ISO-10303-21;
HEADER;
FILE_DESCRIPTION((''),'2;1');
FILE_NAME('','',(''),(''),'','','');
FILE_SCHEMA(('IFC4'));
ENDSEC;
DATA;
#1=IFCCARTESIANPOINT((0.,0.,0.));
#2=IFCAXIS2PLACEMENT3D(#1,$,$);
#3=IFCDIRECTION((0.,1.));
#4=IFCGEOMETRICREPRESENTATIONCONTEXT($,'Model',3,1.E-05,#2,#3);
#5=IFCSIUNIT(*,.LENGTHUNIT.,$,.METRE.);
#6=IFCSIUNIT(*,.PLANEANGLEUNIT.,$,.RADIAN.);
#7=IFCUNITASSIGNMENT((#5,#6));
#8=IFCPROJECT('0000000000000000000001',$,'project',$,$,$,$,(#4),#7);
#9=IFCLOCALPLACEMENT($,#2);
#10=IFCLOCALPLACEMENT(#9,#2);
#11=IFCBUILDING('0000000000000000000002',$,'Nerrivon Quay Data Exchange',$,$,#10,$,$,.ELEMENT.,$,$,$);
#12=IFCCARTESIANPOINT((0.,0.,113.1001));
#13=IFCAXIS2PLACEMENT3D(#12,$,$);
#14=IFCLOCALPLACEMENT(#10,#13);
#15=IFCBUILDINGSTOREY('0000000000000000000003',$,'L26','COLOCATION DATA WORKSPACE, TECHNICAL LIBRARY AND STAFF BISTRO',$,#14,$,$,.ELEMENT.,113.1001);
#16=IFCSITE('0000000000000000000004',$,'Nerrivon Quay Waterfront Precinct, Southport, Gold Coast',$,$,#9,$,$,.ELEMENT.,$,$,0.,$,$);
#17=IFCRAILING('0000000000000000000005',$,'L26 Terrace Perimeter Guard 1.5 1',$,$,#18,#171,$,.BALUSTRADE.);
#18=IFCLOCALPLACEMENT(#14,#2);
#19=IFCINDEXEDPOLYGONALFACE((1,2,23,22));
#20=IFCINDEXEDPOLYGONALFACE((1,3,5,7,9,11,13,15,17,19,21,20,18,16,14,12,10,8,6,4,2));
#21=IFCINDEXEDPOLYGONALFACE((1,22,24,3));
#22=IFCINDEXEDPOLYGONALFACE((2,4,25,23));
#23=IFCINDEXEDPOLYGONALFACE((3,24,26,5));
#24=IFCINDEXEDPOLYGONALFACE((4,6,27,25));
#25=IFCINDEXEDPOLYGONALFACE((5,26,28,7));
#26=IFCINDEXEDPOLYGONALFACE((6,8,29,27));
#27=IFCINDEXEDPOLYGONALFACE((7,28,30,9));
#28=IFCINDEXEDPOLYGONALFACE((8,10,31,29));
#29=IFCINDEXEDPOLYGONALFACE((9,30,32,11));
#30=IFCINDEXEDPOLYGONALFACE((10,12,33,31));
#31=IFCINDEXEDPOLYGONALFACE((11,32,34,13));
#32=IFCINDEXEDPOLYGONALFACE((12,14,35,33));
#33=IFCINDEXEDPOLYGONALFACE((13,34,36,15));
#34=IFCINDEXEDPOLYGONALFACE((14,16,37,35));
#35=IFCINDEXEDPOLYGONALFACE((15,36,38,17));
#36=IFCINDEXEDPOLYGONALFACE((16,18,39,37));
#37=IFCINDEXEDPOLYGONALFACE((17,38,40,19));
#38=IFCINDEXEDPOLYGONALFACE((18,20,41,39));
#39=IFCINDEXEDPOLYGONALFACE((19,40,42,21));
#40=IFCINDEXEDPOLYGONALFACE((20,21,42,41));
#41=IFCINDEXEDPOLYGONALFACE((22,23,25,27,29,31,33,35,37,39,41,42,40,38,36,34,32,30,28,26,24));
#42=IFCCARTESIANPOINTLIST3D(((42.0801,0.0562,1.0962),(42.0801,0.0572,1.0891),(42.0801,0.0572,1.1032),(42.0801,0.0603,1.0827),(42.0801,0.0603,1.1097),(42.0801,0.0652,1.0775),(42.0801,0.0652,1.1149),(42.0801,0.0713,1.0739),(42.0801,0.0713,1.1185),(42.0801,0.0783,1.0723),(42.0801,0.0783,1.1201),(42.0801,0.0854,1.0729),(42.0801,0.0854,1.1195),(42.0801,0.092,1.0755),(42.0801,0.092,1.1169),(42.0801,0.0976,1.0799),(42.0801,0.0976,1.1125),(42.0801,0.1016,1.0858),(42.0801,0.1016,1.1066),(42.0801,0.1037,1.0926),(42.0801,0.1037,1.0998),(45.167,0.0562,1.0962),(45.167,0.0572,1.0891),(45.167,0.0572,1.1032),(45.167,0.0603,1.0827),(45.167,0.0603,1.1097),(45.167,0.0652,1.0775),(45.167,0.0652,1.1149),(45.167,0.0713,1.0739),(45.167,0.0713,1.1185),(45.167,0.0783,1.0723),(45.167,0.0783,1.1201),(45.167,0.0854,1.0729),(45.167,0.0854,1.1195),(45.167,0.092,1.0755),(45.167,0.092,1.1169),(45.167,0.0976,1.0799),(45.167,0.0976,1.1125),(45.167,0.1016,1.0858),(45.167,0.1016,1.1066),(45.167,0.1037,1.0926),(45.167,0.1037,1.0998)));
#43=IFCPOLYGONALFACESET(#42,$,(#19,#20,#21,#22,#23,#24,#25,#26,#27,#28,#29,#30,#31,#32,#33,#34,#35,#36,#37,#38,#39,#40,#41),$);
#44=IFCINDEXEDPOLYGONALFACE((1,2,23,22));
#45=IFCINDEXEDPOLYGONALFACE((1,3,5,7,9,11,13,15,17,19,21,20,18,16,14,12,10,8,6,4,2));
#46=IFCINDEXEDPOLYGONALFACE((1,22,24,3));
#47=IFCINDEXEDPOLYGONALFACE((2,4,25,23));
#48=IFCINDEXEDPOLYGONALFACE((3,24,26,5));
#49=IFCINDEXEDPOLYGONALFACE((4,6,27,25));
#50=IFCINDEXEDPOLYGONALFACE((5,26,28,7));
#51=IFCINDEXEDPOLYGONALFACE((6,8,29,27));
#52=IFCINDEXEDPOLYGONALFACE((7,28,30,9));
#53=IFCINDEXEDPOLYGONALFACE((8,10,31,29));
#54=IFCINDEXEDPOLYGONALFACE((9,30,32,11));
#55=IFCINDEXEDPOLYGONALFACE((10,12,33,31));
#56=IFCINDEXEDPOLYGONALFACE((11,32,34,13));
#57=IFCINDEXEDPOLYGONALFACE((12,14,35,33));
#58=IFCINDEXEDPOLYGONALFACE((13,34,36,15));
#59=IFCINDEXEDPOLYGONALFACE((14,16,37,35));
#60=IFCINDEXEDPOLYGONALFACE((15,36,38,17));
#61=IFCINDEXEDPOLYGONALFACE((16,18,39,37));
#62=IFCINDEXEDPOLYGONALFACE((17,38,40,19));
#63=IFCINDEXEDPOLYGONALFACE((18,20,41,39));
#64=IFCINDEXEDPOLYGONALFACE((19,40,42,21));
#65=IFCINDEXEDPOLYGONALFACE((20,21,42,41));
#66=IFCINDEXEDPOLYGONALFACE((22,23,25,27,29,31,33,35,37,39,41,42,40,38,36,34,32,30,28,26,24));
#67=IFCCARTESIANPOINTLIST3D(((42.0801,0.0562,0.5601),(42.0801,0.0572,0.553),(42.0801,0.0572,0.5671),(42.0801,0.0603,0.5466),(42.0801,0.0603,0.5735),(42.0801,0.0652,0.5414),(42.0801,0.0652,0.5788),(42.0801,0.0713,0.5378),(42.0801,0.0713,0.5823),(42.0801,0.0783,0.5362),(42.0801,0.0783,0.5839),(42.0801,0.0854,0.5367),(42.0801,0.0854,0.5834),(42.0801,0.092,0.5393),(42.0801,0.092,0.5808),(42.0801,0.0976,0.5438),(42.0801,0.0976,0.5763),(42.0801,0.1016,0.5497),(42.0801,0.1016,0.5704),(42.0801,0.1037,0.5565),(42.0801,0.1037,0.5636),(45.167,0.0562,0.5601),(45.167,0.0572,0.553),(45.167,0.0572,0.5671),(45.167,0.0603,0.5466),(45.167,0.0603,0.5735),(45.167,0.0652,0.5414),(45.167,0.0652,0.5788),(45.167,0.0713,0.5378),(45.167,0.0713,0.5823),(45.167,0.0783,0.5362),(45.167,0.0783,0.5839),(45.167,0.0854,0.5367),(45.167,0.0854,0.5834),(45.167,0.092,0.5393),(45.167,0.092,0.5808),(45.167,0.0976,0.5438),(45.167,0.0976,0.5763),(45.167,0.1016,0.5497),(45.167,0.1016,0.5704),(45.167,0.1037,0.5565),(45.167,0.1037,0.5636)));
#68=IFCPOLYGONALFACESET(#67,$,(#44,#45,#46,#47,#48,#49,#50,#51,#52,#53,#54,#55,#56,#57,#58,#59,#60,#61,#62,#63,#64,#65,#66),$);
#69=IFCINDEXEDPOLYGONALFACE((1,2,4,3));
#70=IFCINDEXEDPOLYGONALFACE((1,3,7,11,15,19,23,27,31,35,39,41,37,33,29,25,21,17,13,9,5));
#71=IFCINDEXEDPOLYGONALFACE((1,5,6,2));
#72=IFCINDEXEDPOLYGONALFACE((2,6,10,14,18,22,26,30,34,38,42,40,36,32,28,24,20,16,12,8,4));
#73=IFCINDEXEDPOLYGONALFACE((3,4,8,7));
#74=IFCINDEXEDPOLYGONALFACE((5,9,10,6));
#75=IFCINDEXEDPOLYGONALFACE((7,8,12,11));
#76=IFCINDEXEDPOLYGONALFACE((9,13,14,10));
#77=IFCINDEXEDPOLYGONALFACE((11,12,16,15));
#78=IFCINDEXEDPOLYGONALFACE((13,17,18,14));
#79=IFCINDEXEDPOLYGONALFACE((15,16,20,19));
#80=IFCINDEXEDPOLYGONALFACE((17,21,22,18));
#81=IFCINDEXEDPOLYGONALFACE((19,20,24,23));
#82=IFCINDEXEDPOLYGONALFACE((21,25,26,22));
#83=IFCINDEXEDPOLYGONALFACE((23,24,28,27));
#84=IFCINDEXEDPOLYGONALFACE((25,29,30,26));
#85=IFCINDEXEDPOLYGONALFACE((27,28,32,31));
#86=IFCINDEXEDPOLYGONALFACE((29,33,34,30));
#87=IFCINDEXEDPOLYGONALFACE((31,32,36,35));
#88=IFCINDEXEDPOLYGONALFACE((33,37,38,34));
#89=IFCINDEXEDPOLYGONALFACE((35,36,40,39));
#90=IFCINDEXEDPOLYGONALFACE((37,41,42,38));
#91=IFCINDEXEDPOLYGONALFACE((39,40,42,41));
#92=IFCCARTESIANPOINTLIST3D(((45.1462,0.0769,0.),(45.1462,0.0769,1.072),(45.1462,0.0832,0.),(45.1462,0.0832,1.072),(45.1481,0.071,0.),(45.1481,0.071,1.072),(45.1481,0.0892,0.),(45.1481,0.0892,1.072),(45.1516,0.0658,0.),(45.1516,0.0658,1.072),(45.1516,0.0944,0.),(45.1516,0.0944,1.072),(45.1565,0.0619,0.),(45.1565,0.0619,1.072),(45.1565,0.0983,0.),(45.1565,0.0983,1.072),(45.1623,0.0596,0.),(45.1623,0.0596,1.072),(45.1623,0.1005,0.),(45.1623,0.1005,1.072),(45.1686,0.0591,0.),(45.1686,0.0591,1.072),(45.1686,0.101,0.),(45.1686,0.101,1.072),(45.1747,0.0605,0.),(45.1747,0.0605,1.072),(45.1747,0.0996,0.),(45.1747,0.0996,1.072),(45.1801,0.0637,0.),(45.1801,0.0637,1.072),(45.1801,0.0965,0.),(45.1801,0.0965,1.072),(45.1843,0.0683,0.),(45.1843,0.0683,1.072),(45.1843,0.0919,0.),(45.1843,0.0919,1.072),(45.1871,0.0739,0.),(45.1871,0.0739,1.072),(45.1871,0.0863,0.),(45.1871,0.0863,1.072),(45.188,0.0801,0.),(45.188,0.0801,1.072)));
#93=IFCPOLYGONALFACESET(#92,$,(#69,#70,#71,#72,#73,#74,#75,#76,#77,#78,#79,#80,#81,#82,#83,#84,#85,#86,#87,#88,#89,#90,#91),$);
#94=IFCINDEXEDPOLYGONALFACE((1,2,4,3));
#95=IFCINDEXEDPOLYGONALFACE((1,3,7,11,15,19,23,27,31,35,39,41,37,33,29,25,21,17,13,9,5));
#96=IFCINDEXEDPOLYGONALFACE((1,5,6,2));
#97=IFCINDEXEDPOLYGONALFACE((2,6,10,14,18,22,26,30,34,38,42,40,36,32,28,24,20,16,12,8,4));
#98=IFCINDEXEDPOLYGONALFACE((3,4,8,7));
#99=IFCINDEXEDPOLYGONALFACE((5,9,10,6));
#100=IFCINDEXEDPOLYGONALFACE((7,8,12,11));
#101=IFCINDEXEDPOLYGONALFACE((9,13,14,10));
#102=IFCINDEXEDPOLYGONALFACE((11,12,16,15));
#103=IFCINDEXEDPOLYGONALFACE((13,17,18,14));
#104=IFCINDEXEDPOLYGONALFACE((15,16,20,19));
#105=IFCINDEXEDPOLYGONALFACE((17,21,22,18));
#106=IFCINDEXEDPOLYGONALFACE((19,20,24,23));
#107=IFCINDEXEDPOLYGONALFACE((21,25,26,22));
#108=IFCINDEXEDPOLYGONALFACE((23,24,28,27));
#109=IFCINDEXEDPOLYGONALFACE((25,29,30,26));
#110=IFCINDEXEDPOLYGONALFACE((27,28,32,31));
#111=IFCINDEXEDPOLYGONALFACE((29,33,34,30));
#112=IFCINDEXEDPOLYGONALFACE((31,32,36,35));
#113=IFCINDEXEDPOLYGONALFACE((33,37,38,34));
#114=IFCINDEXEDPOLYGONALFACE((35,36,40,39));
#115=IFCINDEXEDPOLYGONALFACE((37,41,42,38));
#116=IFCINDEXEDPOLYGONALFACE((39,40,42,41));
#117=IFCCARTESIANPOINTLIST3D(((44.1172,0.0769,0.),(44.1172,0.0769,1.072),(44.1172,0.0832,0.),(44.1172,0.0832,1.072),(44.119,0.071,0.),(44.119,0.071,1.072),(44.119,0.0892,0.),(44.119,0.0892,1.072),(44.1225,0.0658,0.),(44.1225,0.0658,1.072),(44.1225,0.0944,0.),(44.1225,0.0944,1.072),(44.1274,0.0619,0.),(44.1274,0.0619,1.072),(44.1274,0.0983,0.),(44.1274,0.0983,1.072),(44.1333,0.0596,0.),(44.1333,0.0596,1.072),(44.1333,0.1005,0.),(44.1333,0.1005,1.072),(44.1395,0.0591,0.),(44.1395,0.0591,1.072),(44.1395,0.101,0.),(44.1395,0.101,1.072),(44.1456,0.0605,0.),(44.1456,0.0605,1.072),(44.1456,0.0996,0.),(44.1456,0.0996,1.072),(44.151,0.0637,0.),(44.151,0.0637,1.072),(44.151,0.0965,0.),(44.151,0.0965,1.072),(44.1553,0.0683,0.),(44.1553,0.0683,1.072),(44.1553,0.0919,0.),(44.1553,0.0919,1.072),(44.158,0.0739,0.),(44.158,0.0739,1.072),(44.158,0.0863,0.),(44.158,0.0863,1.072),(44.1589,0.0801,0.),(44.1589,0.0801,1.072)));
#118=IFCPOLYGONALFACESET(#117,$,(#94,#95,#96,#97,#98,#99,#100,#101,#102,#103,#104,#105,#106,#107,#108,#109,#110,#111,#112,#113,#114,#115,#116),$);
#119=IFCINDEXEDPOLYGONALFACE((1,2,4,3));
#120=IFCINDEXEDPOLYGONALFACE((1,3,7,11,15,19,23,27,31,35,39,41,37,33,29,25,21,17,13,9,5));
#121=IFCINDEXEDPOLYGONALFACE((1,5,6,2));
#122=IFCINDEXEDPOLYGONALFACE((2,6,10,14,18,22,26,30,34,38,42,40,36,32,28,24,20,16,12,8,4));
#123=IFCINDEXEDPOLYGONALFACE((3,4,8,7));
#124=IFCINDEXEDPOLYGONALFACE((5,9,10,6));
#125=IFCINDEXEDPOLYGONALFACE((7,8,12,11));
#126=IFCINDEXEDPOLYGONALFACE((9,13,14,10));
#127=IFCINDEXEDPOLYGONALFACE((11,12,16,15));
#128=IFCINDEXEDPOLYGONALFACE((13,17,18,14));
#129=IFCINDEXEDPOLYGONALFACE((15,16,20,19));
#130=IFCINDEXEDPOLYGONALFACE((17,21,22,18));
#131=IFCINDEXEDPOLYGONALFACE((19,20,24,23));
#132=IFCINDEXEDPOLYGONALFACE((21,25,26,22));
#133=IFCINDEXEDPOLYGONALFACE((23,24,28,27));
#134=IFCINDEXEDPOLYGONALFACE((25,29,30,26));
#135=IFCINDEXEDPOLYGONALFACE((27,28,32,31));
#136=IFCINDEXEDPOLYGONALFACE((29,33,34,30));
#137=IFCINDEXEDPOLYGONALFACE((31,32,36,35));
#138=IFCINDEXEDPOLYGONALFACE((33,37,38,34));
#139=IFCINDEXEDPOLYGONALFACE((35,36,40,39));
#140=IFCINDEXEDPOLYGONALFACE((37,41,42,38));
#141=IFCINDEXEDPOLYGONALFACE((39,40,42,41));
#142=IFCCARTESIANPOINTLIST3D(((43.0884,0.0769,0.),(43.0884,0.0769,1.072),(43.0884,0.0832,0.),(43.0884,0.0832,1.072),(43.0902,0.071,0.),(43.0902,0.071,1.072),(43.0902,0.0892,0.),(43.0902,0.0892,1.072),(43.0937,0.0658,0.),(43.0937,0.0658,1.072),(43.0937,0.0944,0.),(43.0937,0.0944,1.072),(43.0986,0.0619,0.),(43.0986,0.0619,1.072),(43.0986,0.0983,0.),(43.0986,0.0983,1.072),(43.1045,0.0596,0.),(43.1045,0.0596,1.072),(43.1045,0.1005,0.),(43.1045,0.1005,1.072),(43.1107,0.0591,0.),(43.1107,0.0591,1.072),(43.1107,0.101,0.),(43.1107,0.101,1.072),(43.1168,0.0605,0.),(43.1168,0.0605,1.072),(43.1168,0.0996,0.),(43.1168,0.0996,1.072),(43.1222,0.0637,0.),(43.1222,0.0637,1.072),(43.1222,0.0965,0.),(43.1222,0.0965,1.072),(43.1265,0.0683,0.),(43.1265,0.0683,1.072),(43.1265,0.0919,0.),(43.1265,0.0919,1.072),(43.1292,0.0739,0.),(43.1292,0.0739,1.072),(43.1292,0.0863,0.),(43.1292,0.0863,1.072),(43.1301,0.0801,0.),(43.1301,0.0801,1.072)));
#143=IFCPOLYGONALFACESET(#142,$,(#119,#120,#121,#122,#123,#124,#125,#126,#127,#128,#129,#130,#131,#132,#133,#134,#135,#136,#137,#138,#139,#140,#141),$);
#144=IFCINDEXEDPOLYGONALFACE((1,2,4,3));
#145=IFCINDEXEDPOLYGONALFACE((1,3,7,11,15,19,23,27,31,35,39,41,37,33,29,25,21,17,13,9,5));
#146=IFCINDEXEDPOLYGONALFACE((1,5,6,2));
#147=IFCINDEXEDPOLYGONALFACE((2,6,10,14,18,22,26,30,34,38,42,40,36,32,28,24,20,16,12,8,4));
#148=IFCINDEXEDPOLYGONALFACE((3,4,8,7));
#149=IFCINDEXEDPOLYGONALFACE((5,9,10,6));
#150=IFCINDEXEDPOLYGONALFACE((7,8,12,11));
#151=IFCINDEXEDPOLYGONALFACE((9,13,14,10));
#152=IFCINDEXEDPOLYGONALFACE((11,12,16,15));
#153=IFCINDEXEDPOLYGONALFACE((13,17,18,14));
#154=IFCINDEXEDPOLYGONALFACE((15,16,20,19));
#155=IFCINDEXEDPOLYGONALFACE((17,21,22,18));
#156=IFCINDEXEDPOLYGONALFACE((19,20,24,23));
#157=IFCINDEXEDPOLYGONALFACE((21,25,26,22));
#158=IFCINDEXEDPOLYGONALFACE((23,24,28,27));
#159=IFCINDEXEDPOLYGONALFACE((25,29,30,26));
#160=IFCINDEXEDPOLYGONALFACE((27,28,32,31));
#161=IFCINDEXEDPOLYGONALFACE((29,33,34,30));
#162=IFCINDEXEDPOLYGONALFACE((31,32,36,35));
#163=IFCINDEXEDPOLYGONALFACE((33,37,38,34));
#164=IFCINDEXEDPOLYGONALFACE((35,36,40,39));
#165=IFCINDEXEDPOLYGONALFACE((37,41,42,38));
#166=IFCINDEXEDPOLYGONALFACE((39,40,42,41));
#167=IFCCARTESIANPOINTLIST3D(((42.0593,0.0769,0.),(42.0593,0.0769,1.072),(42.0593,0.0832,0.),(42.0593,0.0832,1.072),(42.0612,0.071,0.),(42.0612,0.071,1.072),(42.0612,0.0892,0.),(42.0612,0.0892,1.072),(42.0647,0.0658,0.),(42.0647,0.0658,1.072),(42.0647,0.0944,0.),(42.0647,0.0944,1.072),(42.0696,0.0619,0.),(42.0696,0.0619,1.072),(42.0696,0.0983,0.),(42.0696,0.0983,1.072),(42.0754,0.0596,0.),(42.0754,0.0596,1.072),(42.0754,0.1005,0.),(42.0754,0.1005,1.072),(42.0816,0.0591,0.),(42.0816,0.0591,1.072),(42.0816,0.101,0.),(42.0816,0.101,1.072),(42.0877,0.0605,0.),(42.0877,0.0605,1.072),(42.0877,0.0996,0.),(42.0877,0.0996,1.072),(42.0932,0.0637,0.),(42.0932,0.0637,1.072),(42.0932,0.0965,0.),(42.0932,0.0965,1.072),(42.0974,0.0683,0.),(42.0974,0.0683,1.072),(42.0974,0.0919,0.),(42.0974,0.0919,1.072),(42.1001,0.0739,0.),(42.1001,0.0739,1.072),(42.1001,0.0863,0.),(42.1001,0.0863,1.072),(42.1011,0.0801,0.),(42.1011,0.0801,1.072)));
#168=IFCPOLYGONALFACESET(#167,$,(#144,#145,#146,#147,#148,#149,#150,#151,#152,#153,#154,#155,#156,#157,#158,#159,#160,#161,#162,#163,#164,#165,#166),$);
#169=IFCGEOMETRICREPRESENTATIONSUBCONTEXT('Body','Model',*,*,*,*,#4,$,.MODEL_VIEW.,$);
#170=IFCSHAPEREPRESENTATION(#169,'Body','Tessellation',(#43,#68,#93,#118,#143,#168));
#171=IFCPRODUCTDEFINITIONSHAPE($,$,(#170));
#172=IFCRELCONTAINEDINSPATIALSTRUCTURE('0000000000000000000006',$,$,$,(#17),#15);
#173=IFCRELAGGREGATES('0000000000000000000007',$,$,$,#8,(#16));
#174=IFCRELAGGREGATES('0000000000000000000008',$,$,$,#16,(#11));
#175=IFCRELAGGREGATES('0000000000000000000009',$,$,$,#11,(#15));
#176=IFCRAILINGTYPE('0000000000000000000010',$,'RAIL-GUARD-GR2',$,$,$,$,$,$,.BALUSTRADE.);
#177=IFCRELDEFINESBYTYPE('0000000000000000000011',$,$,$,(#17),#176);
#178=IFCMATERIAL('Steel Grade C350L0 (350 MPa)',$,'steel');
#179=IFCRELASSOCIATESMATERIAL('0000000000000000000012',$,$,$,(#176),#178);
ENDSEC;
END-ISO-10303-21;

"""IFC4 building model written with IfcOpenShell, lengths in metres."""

from ifc_helpers import new_model, si_unit, direction, frame, origin, origin_2d, place, context, subcontext, project, spatial, circle, extrude, material, type_object, element, save


model = new_model("IFC4")

# Units and contexts
model_context = context("Model", 3, precision=1e-05, world=origin(), true_north=direction((0.0, 1.0)))
body_context = subcontext(model_context, "Body", "Model", "MODEL_VIEW")
ifc_project = project(units=[si_unit("LENGTHUNIT", "METRE"), si_unit("PLANEANGLEUNIT", "RADIAN")], contexts=[model_context])

# Site, building, storey
site_placement = place(None, origin())
site = spatial("IfcSite", under=ifc_project, at=site_placement, Name="Nerrivon Quay Waterfront Precinct, Southport, Gold Coast", CompositionType="ELEMENT", RefElevation=0.0)
building_placement = place(site_placement, origin())
building = spatial("IfcBuilding", under=site, at=building_placement, Name="Nerrivon Quay Data Exchange", CompositionType="ELEMENT")
storey_placement = place(building_placement, frame((0.0, 0.0, 113.1001)))
storey = spatial("IfcBuildingStorey", under=building, at=storey_placement, Name="L26", Description="COLOCATION DATA WORKSPACE, TECHNICAL LIBRARY AND STAFF BISTRO", CompositionType="ELEMENT", Elevation=113.1001)

# Railing
ifc_material_1 = material(Name="Steel Grade C350L0 (350 MPa)", Category="steel")
railing_type = type_object("IfcRailingType", Name="RAIL-GUARD-GR2", PredefinedType="BALUSTRADE", material=ifc_material_1)
railing_1_placement = place(storey_placement, frame((45.167, 0.0801, 0.0)))
element("IfcRailing", 1, at=railing_1_placement, inside=storey, type_object=railing_type, Name="L26 Terrace Perimeter Guard 1.5 1", PredefinedType="BALUSTRADE", context=body_context, shape_type="SweptSolid", body=[
    extrude(circle(Radius=0.0239, at=origin_2d()), frame((0.0, 0.0, 1.0962), z_axis=(-1.0, 0.0, 0.0), x_axis=(0.0, -1.0, 0.0)), (0.0, 0.0, 1.0), 3.0869),
    extrude(circle(Radius=0.0239, at=origin_2d()), frame((0.0, 0.0, 0.5601), z_axis=(-1.0, 0.0, 0.0), x_axis=(0.0, -1.0, 0.0)), (0.0, 0.0, 1.0), 3.0869),
    extrude(circle(Radius=0.021, at=origin_2d()), origin(), (0.0, 0.0, 1.0), 1.072),
    extrude(circle(Radius=0.021, at=origin_2d()), frame((-1.0291, 0.0, 0.0)), (0.0, 0.0, 1.0), 1.072),
    extrude(circle(Radius=0.021, at=origin_2d()), frame((-2.0579, 0.0, 0.0)), (0.0, 0.0, 1.0), 1.072),
    extrude(circle(Radius=0.021, at=origin_2d()), frame((-3.0869, 0.0, 0.0)), (0.0, 0.0, 1.0), 1.072),
])

save(model, "model.ifc")
